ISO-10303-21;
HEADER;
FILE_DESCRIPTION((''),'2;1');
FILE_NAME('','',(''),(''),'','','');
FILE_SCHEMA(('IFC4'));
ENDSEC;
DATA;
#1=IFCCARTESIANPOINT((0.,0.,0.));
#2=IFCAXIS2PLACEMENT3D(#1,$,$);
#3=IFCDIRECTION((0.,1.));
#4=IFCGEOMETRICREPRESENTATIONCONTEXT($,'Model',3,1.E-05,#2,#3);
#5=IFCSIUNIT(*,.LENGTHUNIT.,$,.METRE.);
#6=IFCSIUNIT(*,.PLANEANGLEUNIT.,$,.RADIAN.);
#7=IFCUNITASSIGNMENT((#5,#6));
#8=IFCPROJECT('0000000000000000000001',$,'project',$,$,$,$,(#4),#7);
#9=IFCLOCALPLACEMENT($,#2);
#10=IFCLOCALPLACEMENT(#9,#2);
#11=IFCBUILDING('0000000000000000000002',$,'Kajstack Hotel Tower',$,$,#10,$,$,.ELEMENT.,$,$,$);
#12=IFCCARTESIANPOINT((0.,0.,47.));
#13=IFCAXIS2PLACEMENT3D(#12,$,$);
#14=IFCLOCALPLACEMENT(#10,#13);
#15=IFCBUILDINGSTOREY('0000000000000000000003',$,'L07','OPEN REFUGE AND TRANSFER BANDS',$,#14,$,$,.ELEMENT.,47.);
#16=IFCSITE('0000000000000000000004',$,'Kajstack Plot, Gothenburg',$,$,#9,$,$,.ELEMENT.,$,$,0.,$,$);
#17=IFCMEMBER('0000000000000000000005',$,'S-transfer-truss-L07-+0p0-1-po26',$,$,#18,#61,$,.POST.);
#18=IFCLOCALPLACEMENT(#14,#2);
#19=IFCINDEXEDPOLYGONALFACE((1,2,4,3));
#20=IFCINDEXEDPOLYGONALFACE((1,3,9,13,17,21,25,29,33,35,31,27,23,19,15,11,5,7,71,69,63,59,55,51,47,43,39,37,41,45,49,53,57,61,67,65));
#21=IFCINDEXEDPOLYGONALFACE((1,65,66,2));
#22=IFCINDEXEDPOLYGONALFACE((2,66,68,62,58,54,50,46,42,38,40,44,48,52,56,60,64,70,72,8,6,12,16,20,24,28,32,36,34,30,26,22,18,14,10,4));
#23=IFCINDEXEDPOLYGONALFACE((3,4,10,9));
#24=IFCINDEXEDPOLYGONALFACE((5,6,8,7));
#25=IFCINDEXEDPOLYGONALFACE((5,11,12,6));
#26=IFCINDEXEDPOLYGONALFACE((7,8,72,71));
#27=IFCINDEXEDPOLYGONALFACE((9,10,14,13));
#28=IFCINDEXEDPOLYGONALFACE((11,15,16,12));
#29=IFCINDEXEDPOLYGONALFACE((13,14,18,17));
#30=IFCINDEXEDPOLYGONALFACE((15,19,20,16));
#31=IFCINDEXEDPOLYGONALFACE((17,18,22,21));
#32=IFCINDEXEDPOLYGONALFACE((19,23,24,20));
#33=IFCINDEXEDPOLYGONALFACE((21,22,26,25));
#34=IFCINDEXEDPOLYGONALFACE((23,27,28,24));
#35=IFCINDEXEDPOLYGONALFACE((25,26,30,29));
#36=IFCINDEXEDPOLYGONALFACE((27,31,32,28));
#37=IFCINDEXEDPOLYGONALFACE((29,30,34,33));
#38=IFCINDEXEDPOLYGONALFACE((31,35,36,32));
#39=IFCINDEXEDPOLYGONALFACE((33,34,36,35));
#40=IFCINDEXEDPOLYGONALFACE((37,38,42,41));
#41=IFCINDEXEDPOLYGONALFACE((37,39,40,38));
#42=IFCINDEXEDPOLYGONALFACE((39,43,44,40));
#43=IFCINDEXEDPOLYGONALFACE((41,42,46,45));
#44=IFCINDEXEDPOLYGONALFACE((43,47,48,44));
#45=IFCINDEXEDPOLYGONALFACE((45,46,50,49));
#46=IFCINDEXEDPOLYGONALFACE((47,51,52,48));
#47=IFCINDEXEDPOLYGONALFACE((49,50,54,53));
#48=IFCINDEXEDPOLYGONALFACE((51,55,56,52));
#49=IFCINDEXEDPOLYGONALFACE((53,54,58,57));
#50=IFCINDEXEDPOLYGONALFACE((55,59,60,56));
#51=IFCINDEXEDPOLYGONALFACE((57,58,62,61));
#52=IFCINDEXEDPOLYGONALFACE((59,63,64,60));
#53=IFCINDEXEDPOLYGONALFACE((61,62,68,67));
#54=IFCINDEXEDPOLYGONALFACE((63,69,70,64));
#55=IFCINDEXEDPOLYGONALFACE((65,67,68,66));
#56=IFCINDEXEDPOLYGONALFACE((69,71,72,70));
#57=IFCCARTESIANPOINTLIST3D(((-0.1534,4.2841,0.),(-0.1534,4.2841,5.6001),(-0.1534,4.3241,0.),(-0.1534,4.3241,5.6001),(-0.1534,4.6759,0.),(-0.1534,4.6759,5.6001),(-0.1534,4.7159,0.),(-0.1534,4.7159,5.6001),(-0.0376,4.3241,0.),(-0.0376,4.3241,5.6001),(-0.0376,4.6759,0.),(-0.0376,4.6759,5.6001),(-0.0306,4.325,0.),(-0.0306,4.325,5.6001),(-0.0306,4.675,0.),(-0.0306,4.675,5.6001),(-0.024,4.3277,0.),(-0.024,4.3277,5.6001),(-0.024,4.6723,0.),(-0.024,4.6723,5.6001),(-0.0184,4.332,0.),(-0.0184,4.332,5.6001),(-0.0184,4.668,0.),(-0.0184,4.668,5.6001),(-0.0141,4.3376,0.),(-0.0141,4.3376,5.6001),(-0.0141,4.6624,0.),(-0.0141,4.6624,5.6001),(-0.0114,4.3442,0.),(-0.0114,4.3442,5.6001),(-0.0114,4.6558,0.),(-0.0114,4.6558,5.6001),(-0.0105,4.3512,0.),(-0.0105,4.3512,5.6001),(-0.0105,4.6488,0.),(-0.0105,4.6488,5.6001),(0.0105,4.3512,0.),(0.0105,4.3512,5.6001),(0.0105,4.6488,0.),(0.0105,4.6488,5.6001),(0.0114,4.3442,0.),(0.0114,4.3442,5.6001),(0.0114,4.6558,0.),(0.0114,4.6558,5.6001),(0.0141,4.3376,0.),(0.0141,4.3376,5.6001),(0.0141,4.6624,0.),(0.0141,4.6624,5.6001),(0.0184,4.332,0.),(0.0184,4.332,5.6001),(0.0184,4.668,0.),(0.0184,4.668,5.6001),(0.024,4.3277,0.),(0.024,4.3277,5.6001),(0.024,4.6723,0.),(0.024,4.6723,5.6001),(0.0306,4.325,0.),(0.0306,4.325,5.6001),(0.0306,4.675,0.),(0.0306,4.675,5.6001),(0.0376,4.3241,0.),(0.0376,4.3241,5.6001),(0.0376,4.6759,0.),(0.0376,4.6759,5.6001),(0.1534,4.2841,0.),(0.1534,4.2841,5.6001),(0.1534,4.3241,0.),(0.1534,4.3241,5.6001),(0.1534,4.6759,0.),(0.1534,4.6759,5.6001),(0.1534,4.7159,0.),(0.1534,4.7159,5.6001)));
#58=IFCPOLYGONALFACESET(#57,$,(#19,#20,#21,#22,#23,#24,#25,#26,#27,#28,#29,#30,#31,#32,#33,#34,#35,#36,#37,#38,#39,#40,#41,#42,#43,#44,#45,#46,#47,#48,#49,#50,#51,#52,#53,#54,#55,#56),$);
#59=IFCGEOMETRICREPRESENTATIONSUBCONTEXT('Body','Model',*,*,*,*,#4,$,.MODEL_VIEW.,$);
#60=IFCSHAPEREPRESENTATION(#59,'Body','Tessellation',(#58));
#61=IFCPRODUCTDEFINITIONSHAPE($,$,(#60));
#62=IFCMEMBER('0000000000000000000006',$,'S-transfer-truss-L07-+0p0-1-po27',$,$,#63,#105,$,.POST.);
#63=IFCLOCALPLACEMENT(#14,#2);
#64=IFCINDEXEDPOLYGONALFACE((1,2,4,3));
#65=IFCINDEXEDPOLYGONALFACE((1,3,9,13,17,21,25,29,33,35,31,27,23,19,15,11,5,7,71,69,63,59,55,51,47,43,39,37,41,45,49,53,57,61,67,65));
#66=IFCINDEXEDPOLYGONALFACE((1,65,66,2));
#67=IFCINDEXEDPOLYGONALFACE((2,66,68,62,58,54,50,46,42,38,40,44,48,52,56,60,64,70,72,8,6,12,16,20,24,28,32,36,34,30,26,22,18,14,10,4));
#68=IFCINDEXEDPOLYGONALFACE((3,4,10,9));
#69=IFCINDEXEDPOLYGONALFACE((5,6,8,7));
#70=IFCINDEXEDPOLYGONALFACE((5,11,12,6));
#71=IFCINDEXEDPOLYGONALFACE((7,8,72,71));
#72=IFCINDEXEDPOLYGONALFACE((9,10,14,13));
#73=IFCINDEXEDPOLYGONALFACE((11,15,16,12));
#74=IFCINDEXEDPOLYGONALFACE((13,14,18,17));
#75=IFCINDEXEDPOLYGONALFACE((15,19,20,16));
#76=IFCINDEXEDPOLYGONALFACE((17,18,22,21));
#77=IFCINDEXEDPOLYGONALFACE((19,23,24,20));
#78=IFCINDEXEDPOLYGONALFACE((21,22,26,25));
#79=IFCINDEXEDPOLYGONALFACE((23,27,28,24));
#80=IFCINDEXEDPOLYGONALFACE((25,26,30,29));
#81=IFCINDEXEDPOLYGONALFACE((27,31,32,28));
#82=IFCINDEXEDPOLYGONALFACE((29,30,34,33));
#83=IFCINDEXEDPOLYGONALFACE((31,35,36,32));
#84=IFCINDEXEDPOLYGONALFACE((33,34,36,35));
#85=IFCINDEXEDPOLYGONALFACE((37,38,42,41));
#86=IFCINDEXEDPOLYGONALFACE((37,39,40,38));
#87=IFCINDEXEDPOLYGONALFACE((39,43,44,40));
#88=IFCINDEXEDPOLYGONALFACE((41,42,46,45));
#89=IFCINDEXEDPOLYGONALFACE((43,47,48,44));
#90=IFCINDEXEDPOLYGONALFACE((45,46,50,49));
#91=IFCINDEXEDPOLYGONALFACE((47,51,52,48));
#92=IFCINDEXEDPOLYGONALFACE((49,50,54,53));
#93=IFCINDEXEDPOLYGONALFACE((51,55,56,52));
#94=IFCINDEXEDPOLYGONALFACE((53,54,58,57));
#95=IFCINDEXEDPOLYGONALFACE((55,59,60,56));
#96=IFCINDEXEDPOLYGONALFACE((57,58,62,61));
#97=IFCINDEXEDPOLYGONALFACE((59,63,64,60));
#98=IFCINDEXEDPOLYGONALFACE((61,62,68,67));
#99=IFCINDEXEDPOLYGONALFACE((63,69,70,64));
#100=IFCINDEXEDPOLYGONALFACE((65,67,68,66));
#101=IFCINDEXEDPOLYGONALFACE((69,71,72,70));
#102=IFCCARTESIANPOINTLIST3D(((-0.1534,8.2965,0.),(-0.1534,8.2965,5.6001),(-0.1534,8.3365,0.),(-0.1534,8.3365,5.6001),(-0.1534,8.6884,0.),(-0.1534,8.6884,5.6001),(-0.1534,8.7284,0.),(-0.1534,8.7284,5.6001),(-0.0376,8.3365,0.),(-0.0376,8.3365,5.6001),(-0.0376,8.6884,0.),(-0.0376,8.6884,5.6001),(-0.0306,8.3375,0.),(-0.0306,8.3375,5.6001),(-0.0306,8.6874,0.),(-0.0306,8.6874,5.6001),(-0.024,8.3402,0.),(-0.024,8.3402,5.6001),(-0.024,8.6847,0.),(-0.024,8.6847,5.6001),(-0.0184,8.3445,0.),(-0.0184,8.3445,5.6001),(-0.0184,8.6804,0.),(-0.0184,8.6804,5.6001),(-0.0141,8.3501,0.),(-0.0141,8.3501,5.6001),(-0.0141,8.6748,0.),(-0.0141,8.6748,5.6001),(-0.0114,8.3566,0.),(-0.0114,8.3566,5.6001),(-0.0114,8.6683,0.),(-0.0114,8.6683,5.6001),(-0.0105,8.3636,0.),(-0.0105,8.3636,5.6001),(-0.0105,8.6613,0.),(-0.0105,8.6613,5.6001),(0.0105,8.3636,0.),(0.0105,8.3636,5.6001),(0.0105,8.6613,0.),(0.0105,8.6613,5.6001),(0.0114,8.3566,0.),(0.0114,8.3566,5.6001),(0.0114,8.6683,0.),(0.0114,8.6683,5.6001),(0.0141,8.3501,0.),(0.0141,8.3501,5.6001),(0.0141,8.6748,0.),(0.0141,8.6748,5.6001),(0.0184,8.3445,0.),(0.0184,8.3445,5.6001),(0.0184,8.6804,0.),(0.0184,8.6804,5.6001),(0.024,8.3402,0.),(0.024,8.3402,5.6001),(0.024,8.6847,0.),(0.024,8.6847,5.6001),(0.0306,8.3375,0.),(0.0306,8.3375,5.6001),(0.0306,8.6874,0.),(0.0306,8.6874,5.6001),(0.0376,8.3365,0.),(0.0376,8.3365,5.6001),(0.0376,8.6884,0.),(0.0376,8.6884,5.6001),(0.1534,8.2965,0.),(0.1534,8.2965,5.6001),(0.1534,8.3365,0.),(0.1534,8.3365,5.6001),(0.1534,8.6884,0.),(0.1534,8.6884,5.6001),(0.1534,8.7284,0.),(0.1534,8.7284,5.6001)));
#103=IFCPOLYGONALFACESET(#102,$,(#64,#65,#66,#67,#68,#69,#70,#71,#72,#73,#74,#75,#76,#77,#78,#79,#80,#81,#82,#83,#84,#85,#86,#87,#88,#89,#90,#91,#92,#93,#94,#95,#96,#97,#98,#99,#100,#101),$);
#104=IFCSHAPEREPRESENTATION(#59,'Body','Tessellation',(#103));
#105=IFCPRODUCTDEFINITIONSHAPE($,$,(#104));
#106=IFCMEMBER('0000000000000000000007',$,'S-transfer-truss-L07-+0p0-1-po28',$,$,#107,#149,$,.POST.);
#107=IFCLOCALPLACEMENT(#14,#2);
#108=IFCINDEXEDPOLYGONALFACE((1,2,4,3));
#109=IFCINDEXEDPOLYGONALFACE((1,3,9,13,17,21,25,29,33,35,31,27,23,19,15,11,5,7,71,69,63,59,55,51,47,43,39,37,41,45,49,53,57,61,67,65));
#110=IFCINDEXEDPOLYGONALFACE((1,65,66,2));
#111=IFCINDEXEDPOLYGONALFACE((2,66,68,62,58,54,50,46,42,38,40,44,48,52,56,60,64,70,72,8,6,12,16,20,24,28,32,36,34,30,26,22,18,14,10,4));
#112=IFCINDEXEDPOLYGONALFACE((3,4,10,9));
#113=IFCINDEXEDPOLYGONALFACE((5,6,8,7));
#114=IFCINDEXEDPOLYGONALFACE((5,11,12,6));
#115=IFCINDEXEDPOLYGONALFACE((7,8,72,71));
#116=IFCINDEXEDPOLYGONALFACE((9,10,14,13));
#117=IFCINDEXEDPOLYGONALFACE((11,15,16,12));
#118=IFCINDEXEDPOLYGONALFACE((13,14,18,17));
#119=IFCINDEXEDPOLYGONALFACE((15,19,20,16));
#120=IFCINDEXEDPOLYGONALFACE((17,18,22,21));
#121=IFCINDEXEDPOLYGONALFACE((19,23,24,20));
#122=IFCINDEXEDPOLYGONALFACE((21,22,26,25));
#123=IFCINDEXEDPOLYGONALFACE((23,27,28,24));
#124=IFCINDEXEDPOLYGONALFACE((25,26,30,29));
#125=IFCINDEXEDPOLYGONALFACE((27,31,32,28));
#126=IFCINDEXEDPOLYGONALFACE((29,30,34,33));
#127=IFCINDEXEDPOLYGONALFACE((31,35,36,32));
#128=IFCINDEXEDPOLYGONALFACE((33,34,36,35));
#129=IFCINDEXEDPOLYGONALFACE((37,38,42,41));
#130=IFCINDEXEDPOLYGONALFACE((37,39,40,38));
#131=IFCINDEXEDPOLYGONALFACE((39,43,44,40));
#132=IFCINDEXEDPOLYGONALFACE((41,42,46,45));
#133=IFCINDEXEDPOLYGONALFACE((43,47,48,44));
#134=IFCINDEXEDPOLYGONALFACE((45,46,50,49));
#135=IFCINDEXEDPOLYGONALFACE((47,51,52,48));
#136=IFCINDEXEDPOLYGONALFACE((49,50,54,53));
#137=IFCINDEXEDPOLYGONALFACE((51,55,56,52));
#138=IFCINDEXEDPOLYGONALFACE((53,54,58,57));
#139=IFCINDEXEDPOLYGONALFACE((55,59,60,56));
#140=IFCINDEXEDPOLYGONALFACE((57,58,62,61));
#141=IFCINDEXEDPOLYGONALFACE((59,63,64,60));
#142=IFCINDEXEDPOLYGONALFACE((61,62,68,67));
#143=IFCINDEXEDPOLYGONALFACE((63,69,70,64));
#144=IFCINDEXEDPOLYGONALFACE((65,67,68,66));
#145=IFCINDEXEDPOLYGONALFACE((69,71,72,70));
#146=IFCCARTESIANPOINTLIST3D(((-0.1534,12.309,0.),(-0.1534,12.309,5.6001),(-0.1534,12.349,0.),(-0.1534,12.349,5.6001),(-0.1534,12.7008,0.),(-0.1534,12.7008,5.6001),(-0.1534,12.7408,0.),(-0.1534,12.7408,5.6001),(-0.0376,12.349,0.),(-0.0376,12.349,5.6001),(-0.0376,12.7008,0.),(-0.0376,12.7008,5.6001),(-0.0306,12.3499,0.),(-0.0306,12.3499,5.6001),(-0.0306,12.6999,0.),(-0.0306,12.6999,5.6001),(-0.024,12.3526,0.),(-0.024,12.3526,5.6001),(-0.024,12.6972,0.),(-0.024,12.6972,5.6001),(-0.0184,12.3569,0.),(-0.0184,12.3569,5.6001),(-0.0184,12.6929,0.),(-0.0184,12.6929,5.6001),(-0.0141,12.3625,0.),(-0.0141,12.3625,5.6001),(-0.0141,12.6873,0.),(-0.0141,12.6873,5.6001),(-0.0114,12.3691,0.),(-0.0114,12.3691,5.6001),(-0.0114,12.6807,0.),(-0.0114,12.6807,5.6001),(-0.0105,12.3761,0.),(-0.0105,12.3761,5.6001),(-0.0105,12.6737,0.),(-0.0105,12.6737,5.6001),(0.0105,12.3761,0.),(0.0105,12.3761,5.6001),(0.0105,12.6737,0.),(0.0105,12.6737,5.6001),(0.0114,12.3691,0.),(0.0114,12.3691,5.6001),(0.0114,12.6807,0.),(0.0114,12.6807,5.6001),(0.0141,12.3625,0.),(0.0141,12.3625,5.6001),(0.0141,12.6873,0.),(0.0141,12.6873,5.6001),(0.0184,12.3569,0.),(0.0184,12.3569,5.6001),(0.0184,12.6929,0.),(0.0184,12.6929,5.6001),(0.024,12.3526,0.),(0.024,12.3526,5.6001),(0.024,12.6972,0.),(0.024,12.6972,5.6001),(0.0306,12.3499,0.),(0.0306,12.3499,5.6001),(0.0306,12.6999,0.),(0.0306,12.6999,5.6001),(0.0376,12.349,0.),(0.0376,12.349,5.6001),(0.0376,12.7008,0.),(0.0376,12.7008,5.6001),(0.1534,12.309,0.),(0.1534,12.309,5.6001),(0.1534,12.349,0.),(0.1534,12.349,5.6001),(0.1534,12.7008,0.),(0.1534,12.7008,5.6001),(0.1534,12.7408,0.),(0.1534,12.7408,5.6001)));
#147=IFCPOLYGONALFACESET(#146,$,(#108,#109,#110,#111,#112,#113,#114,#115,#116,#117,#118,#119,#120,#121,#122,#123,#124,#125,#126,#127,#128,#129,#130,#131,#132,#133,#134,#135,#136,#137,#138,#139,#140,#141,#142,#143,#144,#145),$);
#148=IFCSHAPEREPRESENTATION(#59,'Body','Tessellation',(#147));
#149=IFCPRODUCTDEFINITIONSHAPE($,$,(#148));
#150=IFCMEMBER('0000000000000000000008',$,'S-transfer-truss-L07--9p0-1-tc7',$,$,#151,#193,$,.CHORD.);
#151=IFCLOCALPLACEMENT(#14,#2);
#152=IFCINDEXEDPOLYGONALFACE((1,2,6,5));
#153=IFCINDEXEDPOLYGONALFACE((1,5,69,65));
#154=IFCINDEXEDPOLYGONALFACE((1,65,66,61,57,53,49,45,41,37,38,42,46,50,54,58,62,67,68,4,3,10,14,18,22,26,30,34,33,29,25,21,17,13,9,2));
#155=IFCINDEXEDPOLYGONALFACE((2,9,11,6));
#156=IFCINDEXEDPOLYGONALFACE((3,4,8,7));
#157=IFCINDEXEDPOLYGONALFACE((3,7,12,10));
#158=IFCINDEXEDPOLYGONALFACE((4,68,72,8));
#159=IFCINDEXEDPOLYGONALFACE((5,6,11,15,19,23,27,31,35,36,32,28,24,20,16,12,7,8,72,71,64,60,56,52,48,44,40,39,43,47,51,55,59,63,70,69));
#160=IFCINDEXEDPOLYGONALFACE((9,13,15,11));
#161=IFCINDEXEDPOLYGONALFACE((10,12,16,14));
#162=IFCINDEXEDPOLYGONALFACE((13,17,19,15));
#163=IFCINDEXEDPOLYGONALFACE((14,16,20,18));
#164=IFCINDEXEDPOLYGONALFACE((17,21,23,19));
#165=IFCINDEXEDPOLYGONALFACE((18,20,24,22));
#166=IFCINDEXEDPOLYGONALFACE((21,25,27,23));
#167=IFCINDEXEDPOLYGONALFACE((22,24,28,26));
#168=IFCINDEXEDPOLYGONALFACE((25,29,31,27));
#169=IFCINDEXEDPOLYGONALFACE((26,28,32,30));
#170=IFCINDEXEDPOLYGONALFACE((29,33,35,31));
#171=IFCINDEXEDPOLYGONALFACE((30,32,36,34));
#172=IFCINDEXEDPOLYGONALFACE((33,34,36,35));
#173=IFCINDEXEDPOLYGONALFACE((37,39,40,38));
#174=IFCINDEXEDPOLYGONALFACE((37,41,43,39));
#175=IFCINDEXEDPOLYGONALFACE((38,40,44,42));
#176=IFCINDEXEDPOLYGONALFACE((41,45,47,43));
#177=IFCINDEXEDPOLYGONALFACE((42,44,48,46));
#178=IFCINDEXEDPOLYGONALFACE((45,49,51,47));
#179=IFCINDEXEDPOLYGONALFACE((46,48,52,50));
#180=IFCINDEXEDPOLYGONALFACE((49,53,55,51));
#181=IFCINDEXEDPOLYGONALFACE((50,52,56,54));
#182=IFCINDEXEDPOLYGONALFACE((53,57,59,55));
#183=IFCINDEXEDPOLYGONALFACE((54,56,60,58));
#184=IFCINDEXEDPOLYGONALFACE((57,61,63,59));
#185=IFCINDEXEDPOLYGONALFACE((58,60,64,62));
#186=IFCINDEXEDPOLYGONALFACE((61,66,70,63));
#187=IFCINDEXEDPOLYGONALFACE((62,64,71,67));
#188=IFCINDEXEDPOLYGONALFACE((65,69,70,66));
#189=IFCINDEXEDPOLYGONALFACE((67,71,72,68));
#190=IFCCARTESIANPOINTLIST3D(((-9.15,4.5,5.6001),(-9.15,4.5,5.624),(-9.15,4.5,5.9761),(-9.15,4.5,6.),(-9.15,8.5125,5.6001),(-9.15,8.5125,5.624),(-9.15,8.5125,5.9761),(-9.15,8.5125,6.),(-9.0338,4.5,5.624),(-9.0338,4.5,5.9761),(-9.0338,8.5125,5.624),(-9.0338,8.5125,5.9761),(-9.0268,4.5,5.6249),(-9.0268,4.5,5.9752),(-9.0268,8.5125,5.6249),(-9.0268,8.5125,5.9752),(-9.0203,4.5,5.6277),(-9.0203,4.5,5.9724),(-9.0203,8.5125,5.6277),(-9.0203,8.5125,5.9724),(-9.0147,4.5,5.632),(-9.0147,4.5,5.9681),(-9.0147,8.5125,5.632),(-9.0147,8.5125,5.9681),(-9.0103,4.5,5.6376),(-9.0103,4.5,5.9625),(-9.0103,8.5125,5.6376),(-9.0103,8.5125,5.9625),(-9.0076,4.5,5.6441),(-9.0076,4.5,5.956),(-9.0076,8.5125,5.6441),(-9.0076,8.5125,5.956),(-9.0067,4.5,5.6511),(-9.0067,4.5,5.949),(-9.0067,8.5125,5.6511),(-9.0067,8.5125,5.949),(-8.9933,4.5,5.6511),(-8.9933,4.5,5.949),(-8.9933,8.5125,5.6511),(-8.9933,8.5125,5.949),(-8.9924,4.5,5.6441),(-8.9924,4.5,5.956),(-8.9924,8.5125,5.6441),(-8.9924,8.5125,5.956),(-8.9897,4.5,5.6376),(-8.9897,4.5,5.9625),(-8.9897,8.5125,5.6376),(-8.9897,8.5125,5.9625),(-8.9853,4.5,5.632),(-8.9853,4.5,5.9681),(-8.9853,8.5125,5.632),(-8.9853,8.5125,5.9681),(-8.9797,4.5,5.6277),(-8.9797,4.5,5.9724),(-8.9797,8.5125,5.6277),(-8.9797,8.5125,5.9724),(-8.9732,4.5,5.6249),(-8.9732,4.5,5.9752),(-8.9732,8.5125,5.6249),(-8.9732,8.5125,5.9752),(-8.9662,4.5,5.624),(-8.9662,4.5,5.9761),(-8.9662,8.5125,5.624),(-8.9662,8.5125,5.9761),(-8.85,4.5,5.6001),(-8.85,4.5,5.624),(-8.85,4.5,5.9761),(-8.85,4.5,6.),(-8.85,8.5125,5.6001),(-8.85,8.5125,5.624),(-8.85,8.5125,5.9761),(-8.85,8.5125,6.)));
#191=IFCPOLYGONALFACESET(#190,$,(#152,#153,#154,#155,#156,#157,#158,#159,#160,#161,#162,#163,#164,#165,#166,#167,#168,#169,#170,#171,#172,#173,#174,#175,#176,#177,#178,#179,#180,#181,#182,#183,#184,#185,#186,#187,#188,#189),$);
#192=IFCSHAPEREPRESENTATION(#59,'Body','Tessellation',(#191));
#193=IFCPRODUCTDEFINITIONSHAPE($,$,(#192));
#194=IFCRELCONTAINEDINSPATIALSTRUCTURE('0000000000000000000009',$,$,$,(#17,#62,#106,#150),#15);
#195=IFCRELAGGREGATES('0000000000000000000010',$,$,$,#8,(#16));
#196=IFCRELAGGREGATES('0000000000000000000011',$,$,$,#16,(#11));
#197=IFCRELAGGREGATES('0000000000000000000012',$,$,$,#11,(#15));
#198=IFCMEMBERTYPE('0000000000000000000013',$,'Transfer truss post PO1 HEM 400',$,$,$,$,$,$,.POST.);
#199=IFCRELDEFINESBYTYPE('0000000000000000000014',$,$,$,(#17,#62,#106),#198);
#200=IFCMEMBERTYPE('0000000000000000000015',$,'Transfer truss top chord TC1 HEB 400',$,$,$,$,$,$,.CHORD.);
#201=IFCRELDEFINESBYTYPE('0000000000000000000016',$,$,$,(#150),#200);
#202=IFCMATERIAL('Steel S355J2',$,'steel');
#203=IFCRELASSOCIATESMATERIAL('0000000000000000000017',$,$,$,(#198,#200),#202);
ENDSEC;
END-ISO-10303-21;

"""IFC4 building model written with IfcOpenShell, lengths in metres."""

from ifc_helpers import new_model, si_unit, direction, frame, origin, origin_2d, place, context, subcontext, project, spatial, i_section, extrude, material, material_profile, profile_set, type_object, element, save


model = new_model("IFC4")

# Units and contexts
model_context = context("Model", 3, precision=1e-05, world=origin(), true_north=direction((0.0, 1.0)))
body_context = subcontext(model_context, "Body", "Model", "MODEL_VIEW")
ifc_project = project(units=[si_unit("LENGTHUNIT", "METRE"), si_unit("PLANEANGLEUNIT", "RADIAN")], contexts=[model_context])

# Site, building, storey
site_placement = place(None, origin())
site = spatial("IfcSite", under=ifc_project, at=site_placement, Name="Kajstack Plot, Gothenburg", CompositionType="ELEMENT", RefElevation=0.0)
building_placement = place(site_placement, origin())
building = spatial("IfcBuilding", under=site, at=building_placement, Name="Kajstack Hotel Tower", CompositionType="ELEMENT")
storey_placement = place(building_placement, frame((0.0, 0.0, 47.0)))
storey = spatial("IfcBuildingStorey", under=building, at=storey_placement, Name="L07", Description="OPEN REFUGE AND TRANSFER BANDS", CompositionType="ELEMENT", Elevation=47.0)

# Members
ifc_material = material(Name="Steel S355J2", Category="steel")
ifc_material_profile_1 = material_profile(ifc_material, i_section(OverallWidth=0.3069, OverallDepth=0.4319, WebThickness=0.021, FlangeThickness=0.04, FilletRadius=0.0271, at=origin_2d()), Name="HEM 400")
ifc_profile_set_1 = profile_set([ifc_material_profile_1], Name="Steel S355J2")
member_type_1 = type_object("IfcMemberType", Name="Transfer truss post PO1 HEM 400", PredefinedType="POST", material=ifc_profile_set_1)
for number, where, z_axis, x_axis, name in (
    (1, (0.0, 4.5, 0.0), (0.0, 0.0, 1.0), (1.0, 0.0, 0.0), "S-transfer-truss-L07-+0p0-1-po26"),
    (2, (0.0, 8.5125, 0.0), (0.0, 0.0, 1.0), (1.0, 0.0, 0.0), "S-transfer-truss-L07-+0p0-1-po27"),
    (3, (0.0, 12.5249, 0.0), (0.0, 0.0, 1.0), (1.0, 0.0, 0.0), "S-transfer-truss-L07-+0p0-1-po28"),
):
    element("IfcMember", number, at=place(storey_placement, frame(where, z_axis=z_axis, x_axis=x_axis)), inside=storey, type_object=member_type_1, Name=name, PredefinedType="POST", context=body_context, shape_type="SweptSolid", body=[
        extrude(i_section(OverallWidth=0.3069, OverallDepth=0.4319, WebThickness=0.021, FlangeThickness=0.04, FilletRadius=0.0271, at=origin_2d()), origin(), (0.0, 0.0, 1.0), 5.6001),
    ])
ifc_material_profile_2 = material_profile(ifc_material, i_section(OverallWidth=0.3, OverallDepth=0.3999, WebThickness=0.0134, FlangeThickness=0.0239, FilletRadius=0.0271, at=origin_2d()), Name="HEB 400")
ifc_profile_set_2 = profile_set([ifc_material_profile_2], Name="Steel S355J2")
member_type_2 = type_object("IfcMemberType", Name="Transfer truss top chord TC1 HEB 400", PredefinedType="CHORD", material=ifc_profile_set_2)
for number, where, z_axis, x_axis, name in (
    (4, (-9.0, 4.5, 5.8), (0.0, 1.0, 0.0), (-1.0, 0.0, 0.0), "S-transfer-truss-L07--9p0-1-tc7"),
):
    element("IfcMember", number, at=place(storey_placement, frame(where, z_axis=z_axis, x_axis=x_axis)), inside=storey, type_object=member_type_2, Name=name, PredefinedType="CHORD", context=body_context, shape_type="SweptSolid", body=[
        extrude(i_section(OverallWidth=0.3, OverallDepth=0.3999, WebThickness=0.0134, FlangeThickness=0.0239, FilletRadius=0.0271, at=origin_2d()), origin(), (0.0, 0.0, 1.0), 4.0125),
    ])

save(model, "model.ifc")
